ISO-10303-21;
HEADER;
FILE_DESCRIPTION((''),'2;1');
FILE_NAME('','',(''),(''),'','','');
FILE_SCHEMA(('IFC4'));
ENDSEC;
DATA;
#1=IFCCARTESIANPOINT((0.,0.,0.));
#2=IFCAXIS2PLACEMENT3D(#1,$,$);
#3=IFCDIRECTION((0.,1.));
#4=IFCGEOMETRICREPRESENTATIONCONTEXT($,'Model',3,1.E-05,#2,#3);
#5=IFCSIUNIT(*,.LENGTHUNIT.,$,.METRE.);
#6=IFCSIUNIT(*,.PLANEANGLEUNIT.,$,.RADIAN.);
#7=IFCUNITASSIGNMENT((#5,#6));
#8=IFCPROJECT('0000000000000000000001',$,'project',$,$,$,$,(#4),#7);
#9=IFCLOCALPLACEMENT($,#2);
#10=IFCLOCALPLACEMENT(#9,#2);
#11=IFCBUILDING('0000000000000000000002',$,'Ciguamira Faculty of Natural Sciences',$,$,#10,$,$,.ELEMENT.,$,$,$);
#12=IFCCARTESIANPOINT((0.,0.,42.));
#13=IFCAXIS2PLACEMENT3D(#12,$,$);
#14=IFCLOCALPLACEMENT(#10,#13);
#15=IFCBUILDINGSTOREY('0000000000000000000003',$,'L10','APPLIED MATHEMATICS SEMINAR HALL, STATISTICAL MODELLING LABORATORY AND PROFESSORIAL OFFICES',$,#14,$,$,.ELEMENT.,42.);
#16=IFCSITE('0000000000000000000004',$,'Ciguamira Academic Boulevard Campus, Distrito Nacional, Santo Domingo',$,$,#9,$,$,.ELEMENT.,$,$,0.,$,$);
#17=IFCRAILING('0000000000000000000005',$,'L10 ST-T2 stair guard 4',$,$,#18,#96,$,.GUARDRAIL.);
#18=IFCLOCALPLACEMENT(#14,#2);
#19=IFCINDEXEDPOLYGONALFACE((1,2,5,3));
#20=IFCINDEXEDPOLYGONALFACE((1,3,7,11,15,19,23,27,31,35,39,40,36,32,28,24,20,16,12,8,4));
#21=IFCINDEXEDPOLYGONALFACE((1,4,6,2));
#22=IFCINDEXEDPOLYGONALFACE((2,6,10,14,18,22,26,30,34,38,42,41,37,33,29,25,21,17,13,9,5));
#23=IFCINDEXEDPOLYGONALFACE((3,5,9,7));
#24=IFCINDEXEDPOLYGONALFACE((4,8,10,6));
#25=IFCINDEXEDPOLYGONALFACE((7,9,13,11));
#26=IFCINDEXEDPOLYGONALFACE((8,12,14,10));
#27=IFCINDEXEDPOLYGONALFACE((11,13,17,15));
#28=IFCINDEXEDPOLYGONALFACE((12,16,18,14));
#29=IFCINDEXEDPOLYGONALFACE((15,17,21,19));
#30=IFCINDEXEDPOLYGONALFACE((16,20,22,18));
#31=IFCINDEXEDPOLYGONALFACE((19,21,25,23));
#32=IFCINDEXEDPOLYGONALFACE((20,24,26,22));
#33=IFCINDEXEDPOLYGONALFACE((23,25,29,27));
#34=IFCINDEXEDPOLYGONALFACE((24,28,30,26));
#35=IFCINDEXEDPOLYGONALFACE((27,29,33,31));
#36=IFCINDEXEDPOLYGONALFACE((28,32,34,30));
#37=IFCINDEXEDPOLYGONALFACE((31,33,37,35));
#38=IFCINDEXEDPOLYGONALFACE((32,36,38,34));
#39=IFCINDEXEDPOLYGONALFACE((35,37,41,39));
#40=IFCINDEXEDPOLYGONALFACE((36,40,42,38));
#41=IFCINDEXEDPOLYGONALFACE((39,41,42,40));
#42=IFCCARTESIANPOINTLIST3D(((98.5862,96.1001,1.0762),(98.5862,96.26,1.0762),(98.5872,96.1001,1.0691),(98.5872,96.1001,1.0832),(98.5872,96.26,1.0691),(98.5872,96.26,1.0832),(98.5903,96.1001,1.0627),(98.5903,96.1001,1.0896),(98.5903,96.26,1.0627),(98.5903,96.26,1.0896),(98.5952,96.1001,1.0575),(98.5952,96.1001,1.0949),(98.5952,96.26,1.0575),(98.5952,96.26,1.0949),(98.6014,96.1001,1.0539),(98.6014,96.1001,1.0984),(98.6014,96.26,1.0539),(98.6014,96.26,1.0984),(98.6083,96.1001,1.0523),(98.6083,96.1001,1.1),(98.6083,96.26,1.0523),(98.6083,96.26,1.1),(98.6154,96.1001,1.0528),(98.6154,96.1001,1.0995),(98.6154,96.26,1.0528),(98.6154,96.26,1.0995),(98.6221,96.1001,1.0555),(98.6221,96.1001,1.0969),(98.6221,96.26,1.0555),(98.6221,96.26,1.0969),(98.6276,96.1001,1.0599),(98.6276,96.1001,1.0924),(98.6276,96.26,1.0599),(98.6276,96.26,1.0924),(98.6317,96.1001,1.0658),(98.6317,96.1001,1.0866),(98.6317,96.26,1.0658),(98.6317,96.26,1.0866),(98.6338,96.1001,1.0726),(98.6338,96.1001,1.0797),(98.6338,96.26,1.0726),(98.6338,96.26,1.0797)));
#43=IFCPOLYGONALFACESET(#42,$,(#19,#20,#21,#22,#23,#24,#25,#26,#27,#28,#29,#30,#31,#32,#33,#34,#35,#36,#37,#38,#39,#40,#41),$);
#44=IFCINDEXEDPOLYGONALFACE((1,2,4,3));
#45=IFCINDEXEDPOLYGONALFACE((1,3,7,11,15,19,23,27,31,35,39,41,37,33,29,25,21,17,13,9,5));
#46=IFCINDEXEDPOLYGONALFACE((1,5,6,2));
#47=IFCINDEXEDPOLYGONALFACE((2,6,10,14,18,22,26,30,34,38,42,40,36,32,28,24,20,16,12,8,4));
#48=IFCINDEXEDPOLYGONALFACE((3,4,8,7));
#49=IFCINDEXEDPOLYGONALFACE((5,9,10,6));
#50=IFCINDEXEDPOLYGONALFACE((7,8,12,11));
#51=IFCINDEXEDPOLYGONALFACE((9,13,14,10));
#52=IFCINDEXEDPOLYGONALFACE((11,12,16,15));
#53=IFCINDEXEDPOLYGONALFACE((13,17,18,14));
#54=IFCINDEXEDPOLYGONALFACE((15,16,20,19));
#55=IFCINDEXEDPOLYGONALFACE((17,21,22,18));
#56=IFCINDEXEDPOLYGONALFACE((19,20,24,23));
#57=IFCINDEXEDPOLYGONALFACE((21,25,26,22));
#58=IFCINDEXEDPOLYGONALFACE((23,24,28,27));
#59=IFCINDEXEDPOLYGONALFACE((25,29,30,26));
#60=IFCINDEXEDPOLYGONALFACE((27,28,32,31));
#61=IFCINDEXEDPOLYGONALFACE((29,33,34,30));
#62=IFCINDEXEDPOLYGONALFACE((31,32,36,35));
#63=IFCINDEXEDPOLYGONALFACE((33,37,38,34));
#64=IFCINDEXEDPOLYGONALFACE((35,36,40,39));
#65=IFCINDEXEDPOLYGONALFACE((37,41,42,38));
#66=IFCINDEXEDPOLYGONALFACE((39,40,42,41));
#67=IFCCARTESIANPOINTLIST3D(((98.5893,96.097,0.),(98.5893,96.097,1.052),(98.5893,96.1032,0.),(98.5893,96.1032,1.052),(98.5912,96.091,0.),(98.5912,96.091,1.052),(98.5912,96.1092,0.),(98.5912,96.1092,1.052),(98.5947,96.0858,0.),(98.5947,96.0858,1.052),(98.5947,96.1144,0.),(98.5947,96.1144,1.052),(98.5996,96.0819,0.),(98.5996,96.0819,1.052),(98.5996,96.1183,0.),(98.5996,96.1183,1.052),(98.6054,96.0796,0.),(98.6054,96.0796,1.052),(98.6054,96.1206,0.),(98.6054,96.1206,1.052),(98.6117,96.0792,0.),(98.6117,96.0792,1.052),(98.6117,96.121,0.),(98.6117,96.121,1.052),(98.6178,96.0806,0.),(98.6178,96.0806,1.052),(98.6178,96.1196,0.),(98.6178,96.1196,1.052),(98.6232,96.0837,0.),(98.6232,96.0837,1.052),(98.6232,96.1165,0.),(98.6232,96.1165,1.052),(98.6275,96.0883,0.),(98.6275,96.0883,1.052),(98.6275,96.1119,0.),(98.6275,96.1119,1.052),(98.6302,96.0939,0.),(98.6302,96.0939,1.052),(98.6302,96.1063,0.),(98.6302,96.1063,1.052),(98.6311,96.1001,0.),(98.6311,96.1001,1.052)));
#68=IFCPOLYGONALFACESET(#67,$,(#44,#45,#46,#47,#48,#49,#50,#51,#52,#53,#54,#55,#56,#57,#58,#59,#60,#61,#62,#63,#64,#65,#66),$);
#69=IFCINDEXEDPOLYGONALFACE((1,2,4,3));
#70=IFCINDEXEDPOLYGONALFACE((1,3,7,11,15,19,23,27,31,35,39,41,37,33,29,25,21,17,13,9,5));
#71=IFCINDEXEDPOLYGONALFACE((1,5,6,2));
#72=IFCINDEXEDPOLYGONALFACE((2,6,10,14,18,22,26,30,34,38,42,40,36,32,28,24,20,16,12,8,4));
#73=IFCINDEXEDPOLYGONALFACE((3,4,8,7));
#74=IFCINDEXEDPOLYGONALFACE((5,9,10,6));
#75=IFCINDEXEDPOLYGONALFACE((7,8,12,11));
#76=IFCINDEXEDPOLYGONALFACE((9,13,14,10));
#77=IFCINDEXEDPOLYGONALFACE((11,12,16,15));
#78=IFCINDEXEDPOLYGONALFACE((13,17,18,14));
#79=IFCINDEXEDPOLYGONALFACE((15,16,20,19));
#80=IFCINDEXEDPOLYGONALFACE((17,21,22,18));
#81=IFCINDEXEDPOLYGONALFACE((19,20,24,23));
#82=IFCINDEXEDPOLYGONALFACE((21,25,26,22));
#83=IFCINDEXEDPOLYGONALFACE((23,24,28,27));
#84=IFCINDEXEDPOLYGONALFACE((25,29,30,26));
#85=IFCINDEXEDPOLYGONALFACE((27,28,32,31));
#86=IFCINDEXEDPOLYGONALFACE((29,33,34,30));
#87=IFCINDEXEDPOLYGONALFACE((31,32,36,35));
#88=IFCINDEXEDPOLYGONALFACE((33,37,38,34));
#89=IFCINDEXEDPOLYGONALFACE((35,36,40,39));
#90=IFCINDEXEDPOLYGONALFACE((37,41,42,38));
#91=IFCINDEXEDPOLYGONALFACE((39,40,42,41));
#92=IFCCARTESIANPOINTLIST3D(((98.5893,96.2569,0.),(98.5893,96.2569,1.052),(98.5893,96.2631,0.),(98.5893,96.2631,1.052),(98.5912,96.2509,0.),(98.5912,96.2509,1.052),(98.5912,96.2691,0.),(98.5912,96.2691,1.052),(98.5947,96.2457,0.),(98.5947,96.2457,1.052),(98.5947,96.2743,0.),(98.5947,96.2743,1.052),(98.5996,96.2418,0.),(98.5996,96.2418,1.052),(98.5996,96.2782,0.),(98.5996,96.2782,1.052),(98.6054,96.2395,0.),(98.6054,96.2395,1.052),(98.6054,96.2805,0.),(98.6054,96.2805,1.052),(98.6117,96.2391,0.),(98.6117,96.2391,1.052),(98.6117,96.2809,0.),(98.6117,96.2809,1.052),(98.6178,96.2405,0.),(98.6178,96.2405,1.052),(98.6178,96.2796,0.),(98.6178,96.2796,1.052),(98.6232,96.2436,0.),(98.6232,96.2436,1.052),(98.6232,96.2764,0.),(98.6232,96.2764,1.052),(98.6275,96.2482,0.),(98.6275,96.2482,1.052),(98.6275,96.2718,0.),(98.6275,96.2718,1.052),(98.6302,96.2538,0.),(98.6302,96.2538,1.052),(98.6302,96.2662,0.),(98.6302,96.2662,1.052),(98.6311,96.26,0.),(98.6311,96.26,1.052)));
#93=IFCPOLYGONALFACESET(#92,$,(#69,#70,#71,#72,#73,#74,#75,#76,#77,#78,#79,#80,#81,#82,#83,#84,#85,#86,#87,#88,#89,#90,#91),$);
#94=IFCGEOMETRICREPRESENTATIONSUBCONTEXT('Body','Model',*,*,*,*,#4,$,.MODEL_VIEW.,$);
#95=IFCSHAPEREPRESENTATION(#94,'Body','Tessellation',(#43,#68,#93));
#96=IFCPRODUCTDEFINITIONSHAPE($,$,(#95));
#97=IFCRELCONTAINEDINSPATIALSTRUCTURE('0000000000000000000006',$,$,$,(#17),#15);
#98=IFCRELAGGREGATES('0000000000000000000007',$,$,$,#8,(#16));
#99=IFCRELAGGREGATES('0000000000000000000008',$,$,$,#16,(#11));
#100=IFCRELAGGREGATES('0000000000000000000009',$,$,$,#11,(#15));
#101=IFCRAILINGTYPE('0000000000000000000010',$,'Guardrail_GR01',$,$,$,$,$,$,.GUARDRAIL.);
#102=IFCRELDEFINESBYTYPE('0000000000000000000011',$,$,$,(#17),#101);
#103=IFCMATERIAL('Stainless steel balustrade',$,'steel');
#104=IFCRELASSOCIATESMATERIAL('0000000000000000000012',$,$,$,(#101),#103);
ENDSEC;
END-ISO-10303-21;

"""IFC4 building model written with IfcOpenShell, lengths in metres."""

from ifc_helpers import new_model, si_unit, direction, frame, origin, origin_2d, place, context, subcontext, project, spatial, circle, extrude, material, type_object, element, save


model = new_model("IFC4")

# Units and contexts
model_context = context("Model", 3, precision=1e-05, world=origin(), true_north=direction((0.0, 1.0)))
body_context = subcontext(model_context, "Body", "Model", "MODEL_VIEW")
ifc_project = project(units=[si_unit("LENGTHUNIT", "METRE"), si_unit("PLANEANGLEUNIT", "RADIAN")], contexts=[model_context])

# Site, building, storey
site_placement = place(None, origin())
site = spatial("IfcSite", under=ifc_project, at=site_placement, Name="Ciguamira Academic Boulevard Campus, Distrito Nacional, Santo Domingo", CompositionType="ELEMENT", RefElevation=0.0)
building_placement = place(site_placement, origin())
building = spatial("IfcBuilding", under=site, at=building_placement, Name="Ciguamira Faculty of Natural Sciences", CompositionType="ELEMENT")
storey_placement = place(building_placement, frame((0.0, 0.0, 42.0)))
storey = spatial("IfcBuildingStorey", under=building, at=storey_placement, Name="L10", Description="APPLIED MATHEMATICS SEMINAR HALL, STATISTICAL MODELLING LABORATORY AND PROFESSORIAL OFFICES", CompositionType="ELEMENT", Elevation=42.0)

# Railing
ifc_material_1 = material(Name="Stainless steel balustrade", Category="steel")
railing_type_1 = type_object("IfcRailingType", Name="Guardrail_GR01", PredefinedType="GUARDRAIL", material=ifc_material_1)
railing_1_placement = place(storey_placement, frame((98.6101, 96.1001, 0.0)))
element("IfcRailing", 1, at=railing_1_placement, inside=storey, type_object=railing_type_1, Name="L10 ST-T2 stair guard 4", PredefinedType="GUARDRAIL", context=body_context, shape_type="SweptSolid", body=[
    extrude(circle(Radius=0.0239, at=origin_2d()), frame((0.0, 0.0, 1.0762), z_axis=(0.0, 1.0, 0.0), x_axis=(-1.0, 0.0, 0.0)), (0.0, 0.0, 1.0), 0.1599),
    extrude(circle(Radius=0.021, at=origin_2d()), origin(), (0.0, 0.0, 1.0), 1.052),
    extrude(circle(Radius=0.021, at=origin_2d()), frame((0.0, 0.1599, 0.0)), (0.0, 0.0, 1.0), 1.052),
])

save(model, "model.ifc")
